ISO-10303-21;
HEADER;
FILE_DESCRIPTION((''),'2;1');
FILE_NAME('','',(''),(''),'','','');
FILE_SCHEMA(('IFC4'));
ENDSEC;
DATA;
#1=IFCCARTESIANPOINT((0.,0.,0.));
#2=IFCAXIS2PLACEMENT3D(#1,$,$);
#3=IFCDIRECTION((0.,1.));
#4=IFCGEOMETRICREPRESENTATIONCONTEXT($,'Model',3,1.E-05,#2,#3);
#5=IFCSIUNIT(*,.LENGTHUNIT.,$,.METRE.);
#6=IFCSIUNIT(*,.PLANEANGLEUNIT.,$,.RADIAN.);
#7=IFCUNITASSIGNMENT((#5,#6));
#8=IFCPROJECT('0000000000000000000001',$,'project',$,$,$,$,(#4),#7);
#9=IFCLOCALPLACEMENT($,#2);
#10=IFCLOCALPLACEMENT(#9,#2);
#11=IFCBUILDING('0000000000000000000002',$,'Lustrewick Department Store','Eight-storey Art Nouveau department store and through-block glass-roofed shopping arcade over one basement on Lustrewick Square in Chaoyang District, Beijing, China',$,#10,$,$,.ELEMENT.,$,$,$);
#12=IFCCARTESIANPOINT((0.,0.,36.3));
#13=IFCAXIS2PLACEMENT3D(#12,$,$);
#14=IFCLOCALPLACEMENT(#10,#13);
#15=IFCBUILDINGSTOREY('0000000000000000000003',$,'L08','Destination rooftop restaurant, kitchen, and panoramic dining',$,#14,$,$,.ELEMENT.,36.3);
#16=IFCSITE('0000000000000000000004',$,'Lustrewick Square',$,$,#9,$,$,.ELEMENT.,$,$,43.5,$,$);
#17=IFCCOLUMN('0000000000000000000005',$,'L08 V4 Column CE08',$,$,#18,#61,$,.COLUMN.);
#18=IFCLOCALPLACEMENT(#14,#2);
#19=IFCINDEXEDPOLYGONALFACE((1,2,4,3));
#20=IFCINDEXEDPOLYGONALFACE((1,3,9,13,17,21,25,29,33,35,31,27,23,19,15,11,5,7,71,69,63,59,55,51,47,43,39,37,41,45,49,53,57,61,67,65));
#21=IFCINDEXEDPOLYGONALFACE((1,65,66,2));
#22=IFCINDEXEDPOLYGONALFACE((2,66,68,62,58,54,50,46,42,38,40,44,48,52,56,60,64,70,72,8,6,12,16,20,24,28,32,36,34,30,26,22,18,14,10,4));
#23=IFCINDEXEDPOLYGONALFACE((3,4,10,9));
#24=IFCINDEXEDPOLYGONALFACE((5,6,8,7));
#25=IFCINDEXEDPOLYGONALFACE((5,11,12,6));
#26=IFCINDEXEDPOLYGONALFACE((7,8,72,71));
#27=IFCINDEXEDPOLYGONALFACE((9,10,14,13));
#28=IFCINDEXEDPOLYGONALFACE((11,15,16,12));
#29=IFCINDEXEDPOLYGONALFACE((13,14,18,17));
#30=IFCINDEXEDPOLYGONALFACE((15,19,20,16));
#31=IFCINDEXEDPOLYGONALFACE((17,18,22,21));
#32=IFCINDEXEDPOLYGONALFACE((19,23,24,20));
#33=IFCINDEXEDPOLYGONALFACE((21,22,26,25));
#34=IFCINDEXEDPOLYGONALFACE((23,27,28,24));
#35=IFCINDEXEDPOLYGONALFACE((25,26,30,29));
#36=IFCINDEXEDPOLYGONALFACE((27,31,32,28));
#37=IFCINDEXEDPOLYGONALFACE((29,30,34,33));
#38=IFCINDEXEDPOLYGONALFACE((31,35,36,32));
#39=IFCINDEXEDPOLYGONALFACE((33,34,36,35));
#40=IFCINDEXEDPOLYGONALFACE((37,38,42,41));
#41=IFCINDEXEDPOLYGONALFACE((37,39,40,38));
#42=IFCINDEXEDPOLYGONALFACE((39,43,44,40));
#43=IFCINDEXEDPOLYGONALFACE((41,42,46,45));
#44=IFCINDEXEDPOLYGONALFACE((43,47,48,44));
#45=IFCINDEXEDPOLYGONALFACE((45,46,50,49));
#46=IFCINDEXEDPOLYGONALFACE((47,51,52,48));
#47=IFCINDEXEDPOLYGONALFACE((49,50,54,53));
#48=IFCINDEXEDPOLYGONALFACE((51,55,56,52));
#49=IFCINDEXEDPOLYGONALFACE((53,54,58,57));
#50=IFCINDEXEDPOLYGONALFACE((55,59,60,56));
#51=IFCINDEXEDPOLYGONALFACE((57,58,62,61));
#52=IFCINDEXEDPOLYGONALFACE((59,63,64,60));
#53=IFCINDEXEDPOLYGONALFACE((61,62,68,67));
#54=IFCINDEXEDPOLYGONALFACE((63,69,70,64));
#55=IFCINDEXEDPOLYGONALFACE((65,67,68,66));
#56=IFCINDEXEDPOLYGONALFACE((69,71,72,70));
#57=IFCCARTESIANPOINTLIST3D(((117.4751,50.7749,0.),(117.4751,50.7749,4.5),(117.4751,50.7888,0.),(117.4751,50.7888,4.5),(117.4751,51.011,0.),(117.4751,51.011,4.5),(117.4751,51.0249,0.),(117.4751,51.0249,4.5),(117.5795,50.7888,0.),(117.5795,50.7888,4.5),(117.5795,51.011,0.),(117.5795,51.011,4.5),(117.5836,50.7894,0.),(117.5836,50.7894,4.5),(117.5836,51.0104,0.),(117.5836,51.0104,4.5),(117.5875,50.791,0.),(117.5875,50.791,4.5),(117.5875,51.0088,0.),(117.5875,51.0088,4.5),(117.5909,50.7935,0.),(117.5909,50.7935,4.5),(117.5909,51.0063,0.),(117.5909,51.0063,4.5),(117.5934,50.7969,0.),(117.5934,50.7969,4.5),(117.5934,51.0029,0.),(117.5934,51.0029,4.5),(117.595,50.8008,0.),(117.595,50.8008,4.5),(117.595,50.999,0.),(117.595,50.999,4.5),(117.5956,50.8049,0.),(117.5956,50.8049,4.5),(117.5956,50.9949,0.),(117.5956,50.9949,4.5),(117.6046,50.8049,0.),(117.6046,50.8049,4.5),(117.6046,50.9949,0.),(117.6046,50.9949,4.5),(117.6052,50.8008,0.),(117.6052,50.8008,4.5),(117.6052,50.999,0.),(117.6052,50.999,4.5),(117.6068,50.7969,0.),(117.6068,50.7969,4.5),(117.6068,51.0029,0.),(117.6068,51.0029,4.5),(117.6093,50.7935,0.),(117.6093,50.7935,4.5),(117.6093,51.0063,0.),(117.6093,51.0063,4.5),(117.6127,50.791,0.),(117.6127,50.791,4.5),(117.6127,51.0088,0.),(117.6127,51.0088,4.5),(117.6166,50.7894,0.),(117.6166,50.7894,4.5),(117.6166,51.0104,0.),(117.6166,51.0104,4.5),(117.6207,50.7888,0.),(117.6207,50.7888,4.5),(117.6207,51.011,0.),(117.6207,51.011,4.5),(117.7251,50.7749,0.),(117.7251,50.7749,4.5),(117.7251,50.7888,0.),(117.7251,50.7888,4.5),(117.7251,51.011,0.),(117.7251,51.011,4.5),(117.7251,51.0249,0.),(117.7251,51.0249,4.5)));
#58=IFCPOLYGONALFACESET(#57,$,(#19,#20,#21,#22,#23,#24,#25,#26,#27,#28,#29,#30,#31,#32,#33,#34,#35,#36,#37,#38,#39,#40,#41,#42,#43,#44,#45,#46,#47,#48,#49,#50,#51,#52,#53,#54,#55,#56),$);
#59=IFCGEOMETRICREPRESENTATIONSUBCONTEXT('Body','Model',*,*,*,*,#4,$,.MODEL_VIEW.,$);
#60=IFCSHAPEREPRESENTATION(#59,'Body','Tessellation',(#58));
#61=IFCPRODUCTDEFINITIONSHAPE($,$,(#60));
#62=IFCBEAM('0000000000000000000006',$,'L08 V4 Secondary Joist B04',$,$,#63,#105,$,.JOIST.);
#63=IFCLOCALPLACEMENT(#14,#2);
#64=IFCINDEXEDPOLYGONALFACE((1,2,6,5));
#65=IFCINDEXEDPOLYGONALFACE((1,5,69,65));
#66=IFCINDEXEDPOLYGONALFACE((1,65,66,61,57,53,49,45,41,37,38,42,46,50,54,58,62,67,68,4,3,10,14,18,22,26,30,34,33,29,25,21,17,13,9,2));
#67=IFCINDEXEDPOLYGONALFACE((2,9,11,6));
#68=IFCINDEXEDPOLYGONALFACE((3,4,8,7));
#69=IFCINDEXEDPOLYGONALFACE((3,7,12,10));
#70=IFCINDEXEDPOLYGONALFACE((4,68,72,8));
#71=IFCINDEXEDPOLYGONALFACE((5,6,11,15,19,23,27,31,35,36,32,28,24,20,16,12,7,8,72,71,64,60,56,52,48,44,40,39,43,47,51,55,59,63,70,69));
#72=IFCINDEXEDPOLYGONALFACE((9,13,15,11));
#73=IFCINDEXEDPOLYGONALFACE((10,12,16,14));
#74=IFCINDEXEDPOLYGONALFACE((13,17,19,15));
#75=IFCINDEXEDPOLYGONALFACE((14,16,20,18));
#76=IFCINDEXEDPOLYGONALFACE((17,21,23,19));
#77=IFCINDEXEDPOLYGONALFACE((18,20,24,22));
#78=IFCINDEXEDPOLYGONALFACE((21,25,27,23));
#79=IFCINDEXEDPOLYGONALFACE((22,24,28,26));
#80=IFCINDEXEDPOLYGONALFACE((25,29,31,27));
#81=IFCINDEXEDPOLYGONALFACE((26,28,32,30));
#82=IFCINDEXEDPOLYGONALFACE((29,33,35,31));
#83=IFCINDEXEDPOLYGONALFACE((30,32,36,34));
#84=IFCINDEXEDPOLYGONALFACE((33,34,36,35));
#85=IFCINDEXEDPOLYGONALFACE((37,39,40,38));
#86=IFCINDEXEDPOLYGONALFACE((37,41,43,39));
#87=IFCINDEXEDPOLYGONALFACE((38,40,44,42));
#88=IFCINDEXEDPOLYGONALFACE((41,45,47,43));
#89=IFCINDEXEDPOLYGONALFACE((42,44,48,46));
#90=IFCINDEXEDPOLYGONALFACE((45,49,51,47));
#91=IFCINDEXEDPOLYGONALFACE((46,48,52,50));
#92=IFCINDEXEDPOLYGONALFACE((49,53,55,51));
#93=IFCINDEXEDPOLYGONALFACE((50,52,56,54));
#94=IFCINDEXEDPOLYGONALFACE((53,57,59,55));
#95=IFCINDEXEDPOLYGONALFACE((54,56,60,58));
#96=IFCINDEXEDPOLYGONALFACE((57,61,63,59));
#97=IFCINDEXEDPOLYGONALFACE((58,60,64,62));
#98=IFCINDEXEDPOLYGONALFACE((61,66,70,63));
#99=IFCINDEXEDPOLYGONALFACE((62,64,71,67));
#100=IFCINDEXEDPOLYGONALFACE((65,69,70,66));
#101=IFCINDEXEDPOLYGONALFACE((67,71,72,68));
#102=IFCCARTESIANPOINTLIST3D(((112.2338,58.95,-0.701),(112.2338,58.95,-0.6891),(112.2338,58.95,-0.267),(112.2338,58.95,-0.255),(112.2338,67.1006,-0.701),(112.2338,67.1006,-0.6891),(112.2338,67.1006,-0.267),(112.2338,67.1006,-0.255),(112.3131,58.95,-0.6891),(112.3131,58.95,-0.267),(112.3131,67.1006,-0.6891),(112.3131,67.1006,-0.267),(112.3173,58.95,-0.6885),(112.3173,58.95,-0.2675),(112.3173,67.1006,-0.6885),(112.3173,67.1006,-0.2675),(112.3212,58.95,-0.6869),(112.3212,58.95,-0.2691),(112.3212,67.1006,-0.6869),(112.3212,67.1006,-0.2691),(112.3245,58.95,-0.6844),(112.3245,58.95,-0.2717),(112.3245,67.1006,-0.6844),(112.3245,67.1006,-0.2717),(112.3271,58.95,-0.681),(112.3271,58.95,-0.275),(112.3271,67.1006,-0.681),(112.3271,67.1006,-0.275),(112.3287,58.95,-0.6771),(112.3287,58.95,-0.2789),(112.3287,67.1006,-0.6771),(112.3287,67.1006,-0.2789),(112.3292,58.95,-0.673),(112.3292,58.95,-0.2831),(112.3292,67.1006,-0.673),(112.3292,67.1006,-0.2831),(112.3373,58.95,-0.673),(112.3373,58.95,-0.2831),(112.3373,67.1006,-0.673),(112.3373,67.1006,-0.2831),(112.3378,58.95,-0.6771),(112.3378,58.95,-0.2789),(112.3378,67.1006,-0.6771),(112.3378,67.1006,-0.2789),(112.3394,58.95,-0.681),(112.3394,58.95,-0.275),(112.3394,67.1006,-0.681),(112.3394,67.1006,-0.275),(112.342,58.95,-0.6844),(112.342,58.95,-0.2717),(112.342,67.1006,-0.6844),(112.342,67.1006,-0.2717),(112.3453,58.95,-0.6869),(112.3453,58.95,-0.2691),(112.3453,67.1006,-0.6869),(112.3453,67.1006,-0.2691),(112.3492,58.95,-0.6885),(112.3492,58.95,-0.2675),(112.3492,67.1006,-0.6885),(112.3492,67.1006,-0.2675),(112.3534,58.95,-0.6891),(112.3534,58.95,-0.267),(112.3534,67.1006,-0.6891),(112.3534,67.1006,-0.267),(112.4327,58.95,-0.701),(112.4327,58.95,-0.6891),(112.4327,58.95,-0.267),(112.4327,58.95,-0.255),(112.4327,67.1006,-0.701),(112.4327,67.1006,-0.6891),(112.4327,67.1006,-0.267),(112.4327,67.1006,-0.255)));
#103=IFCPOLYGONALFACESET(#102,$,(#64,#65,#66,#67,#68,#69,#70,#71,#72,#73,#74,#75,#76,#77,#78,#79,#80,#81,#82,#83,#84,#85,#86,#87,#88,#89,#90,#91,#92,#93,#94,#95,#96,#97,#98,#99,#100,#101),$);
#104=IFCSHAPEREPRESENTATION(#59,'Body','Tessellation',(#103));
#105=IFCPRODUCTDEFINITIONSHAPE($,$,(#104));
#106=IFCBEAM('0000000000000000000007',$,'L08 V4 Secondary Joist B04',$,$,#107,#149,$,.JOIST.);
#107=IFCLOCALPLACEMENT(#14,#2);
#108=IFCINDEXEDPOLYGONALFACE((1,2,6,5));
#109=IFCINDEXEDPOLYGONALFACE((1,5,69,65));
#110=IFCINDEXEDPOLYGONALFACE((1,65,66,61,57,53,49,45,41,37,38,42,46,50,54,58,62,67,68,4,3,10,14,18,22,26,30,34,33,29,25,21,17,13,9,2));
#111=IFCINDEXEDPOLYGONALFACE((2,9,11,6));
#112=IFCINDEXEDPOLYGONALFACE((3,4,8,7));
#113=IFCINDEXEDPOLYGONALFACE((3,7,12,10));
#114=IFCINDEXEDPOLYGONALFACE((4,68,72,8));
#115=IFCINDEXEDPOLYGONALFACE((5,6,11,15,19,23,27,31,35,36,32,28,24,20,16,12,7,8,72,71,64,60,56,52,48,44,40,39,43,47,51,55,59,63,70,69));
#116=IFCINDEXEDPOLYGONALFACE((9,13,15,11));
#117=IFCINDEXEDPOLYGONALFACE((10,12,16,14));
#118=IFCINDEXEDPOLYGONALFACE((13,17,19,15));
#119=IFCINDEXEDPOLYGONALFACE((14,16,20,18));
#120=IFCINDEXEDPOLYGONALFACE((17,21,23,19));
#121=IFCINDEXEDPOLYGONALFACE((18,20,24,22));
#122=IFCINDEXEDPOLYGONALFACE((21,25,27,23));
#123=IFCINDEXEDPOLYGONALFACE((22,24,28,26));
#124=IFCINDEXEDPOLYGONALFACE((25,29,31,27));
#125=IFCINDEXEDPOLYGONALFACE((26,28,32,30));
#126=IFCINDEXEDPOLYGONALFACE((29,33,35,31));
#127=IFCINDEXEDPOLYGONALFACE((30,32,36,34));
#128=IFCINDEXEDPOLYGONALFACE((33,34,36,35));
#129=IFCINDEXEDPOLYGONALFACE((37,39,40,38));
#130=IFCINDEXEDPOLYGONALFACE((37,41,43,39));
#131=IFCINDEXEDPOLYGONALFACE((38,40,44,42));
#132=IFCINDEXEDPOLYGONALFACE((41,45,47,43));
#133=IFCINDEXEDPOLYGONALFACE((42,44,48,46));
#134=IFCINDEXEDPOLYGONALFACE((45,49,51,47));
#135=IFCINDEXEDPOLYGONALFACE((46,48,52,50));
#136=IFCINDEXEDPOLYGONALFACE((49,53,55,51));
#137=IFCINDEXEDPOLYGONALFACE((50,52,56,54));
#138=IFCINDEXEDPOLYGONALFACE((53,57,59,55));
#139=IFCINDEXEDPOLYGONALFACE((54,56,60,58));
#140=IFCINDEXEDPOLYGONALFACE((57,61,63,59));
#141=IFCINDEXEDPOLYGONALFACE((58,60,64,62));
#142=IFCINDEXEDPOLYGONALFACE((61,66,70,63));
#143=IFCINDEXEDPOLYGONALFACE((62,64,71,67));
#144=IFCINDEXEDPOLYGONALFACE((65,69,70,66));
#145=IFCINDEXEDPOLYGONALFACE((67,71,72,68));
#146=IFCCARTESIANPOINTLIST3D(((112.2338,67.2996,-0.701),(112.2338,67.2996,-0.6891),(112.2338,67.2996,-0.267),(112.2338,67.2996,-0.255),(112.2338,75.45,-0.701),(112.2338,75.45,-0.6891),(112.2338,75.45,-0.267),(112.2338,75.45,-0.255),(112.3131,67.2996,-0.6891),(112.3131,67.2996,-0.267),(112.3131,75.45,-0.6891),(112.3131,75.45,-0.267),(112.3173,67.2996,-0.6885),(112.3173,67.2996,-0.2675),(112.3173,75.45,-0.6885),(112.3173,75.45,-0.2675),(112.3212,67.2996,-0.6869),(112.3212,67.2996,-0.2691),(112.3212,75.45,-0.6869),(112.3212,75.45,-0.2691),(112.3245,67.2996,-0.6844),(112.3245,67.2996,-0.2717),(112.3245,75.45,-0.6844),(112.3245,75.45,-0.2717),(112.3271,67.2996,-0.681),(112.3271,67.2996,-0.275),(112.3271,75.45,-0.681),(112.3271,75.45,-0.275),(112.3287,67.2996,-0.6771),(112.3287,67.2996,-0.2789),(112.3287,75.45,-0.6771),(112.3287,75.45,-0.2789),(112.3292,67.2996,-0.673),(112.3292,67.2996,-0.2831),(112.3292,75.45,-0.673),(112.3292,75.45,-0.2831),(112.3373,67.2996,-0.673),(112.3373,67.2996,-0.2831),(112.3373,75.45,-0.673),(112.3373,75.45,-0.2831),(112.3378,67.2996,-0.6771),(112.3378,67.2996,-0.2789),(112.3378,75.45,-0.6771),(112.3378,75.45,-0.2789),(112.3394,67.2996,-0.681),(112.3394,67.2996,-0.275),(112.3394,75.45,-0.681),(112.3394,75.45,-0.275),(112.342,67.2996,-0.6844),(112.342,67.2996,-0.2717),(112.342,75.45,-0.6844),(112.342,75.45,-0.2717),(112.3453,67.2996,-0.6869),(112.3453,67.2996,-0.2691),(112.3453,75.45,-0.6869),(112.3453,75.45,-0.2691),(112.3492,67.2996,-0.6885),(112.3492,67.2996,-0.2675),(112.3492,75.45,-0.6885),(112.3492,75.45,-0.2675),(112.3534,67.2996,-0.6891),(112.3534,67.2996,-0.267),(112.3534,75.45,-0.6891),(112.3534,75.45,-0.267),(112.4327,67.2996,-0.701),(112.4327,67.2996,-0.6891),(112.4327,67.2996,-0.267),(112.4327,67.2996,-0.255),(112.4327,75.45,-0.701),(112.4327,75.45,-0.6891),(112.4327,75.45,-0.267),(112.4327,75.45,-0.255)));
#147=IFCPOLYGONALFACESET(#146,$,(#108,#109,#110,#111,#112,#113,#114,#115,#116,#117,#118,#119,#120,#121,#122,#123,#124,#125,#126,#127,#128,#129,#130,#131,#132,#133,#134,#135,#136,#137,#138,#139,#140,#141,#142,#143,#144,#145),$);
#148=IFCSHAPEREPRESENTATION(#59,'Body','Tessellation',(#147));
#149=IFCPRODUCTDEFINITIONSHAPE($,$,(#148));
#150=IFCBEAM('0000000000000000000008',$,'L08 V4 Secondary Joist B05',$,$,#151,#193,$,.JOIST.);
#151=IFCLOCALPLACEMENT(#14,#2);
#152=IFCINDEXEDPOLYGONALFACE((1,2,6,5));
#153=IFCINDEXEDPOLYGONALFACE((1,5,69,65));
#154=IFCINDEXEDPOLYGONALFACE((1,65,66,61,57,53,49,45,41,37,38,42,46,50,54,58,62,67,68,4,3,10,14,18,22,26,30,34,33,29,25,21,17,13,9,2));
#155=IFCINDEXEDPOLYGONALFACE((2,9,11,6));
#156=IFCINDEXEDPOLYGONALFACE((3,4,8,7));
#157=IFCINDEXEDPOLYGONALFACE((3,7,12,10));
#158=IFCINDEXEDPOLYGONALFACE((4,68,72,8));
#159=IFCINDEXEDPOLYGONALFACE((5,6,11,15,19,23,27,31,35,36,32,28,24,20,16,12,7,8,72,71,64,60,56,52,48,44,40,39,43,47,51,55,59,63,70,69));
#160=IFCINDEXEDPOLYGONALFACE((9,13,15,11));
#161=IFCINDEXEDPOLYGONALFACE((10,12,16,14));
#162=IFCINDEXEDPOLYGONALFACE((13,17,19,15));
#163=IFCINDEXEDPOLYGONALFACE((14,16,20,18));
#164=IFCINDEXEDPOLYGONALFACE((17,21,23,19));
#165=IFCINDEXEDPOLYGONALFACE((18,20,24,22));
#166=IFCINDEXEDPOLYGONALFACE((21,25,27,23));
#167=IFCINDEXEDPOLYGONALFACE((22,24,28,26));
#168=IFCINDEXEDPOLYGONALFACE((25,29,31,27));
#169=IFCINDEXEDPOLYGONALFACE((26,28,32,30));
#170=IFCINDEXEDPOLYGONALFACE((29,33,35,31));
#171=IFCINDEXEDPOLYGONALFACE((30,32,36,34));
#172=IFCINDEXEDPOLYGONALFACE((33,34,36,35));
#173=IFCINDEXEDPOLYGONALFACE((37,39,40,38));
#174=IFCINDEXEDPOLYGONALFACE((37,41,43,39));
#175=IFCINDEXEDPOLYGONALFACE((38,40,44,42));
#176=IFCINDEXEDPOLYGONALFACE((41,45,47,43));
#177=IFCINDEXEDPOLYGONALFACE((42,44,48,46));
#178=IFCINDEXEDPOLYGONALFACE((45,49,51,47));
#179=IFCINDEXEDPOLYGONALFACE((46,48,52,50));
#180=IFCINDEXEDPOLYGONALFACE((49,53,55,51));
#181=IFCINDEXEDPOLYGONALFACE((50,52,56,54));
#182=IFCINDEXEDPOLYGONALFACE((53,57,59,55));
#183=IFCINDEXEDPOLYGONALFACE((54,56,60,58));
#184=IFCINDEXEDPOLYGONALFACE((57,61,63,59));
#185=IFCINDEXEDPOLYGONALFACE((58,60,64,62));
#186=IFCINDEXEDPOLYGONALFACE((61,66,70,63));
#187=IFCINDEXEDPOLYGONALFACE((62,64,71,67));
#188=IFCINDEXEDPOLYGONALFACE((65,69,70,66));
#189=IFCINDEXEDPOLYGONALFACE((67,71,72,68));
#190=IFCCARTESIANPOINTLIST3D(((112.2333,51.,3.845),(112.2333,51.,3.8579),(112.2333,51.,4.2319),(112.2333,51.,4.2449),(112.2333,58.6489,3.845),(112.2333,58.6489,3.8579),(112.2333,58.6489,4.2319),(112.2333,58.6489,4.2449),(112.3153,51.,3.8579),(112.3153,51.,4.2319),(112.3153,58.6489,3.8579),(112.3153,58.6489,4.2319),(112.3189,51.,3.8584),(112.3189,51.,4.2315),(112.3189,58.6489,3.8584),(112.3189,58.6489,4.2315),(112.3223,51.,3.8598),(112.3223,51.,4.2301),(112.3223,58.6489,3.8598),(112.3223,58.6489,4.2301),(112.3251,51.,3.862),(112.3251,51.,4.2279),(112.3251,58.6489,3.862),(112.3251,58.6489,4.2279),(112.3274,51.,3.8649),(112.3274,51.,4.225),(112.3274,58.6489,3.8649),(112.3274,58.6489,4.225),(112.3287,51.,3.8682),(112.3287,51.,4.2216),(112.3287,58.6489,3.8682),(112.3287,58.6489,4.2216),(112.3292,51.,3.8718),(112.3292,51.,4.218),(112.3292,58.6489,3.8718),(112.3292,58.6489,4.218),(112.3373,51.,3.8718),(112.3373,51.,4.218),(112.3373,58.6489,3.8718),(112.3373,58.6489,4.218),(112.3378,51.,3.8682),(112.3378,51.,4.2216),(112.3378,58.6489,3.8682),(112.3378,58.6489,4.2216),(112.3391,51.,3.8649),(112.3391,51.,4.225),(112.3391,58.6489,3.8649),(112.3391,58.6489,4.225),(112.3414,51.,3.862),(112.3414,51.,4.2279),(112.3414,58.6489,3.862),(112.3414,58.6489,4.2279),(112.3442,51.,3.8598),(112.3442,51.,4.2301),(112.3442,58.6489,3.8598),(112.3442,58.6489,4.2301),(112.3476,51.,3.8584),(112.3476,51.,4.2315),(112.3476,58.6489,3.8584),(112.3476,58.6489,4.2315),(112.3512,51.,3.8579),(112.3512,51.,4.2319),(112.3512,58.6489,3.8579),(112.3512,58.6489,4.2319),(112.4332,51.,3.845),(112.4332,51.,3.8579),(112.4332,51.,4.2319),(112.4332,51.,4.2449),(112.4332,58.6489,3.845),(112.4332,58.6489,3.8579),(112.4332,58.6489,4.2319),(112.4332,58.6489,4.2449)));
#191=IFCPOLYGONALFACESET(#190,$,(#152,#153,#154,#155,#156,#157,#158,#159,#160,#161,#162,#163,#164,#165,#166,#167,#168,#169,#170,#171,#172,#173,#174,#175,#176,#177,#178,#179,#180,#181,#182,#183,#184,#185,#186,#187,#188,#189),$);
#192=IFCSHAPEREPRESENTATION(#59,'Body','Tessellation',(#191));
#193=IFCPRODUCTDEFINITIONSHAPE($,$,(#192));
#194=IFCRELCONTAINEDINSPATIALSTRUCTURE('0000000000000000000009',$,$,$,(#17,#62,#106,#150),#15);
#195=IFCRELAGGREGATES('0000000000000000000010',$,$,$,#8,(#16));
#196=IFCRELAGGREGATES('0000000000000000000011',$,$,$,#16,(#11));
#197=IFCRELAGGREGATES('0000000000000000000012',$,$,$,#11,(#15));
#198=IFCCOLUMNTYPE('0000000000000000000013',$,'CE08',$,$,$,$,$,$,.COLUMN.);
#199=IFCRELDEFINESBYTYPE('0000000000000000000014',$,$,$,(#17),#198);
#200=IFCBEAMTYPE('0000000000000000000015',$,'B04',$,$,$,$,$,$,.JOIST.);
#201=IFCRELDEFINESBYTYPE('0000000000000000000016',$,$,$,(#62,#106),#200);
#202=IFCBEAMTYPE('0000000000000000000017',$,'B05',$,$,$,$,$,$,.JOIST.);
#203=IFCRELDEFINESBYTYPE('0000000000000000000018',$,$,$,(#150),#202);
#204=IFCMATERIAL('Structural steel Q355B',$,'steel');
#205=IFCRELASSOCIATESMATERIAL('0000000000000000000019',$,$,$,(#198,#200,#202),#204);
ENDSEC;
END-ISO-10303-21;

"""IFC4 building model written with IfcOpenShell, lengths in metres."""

from ifc_helpers import new_model, si_unit, direction, frame, origin, origin_2d, place, context, subcontext, project, spatial, i_section, extrude, material, material_profile, profile_set, type_object, element, save


model = new_model("IFC4")

# Units and contexts
model_context = context("Model", 3, precision=1e-05, world=origin(), true_north=direction((0.0, 1.0)))
body_context = subcontext(model_context, "Body", "Model", "MODEL_VIEW")
ifc_project = project(units=[si_unit("LENGTHUNIT", "METRE"), si_unit("PLANEANGLEUNIT", "RADIAN")], contexts=[model_context])

# Site, building, storey
site_placement = place(None, origin())
site = spatial("IfcSite", under=ifc_project, at=site_placement, Name="Lustrewick Square", CompositionType="ELEMENT", RefElevation=43.5)
building_placement = place(site_placement, origin())
building = spatial("IfcBuilding", under=site, at=building_placement, Name="Lustrewick Department Store", Description="Eight-storey Art Nouveau department store and through-block glass-roofed shopping arcade over one basement on Lustrewick Square in Chaoyang District, Beijing, China", CompositionType="ELEMENT")
storey_placement = place(building_placement, frame((0.0, 0.0, 36.3)))
storey = spatial("IfcBuildingStorey", under=building, at=storey_placement, Name="L08", Description="Destination rooftop restaurant, kitchen, and panoramic dining", CompositionType="ELEMENT", Elevation=36.3)

# Column
ifc_material_1 = material(Name="Structural steel Q355B", Category="steel")
ifc_material_profile_1 = material_profile(ifc_material_1, i_section(OverallWidth=0.25, OverallDepth=0.25, WebThickness=0.009, FlangeThickness=0.0139, FilletRadius=0.0161, at=origin_2d()), Name="HW 250x250x9x14")
ifc_profile_set_1 = profile_set([ifc_material_profile_1], Name="Structural steel Q355B")
column_type = type_object("IfcColumnType", Name="CE08", PredefinedType="COLUMN", material=ifc_profile_set_1)
column_placement = place(storey_placement, frame((117.6001, 50.8999, 0.0), z_axis=(0.0, 0.0, 1.0), x_axis=(1.0, 0.0, 0.0)))
element("IfcColumn", 1, at=column_placement, inside=storey, type_object=column_type, Name="L08 V4 Column CE08", PredefinedType="COLUMN", context=body_context, shape_type="SweptSolid", body=[
    extrude(i_section(OverallWidth=0.25, OverallDepth=0.25, WebThickness=0.009, FlangeThickness=0.0139, FilletRadius=0.0161, at=origin_2d()), origin(), (0.0, 0.0, 1.0), 4.5),
])

# Beams
ifc_material_profile_2 = material_profile(ifc_material_1, i_section(OverallWidth=0.199, OverallDepth=0.446, WebThickness=0.0081, FlangeThickness=0.012, FilletRadius=0.0161, at=origin_2d()), Name="HN 446x199x8x12")
ifc_profile_set_2 = profile_set([ifc_material_profile_2], Name="Structural steel Q355B")
beam_type_1 = type_object("IfcBeamType", Name="B04", PredefinedType="JOIST", material=ifc_profile_set_2)
beam_1_placement = place(storey_placement, frame((112.3333, 58.95, -0.478), z_axis=(0.0, 1.0, 0.0), x_axis=(-1.0, 0.0, 0.0)))
element("IfcBeam", 2, at=beam_1_placement, inside=storey, type_object=beam_type_1, Name="L08 V4 Secondary Joist B04", PredefinedType="JOIST", context=body_context, shape_type="SweptSolid", body=[
    extrude(i_section(OverallWidth=0.199, OverallDepth=0.446, WebThickness=0.0081, FlangeThickness=0.012, FilletRadius=0.0161, at=origin_2d()), origin(), (0.0, 0.0, 1.0), 8.1506),
])
beam_2_placement = place(storey_placement, frame((112.3333, 67.2996, -0.478), z_axis=(0.0, 1.0, 0.0), x_axis=(-1.0, 0.0, 0.0)))
element("IfcBeam", 3, at=beam_2_placement, inside=storey, type_object=beam_type_1, Name="L08 V4 Secondary Joist B04", PredefinedType="JOIST", context=body_context, shape_type="SweptSolid", body=[
    extrude(i_section(OverallWidth=0.199, OverallDepth=0.446, WebThickness=0.0081, FlangeThickness=0.012, FilletRadius=0.0161, at=origin_2d()), origin(), (0.0, 0.0, 1.0), 8.1504),
])
ifc_material_profile_3 = material_profile(ifc_material_1, i_section(OverallWidth=0.2, OverallDepth=0.3999, WebThickness=0.0081, FlangeThickness=0.0129, FilletRadius=0.0139, at=origin_2d()), Name="HN 400x200x8x13")
ifc_profile_set_3 = profile_set([ifc_material_profile_3], Name="Structural steel Q355B")
beam_type_2 = type_object("IfcBeamType", Name="B05", PredefinedType="JOIST", material=ifc_profile_set_3)
beam_3_placement = place(storey_placement, frame((112.3333, 51.0, 4.0449), z_axis=(0.0, 1.0, 0.0), x_axis=(-1.0, 0.0, 0.0)))
element("IfcBeam", 4, at=beam_3_placement, inside=storey, type_object=beam_type_2, Name="L08 V4 Secondary Joist B05", PredefinedType="JOIST", context=body_context, shape_type="SweptSolid", body=[
    extrude(i_section(OverallWidth=0.2, OverallDepth=0.3999, WebThickness=0.0081, FlangeThickness=0.0129, FilletRadius=0.0139, at=origin_2d()), origin(), (0.0, 0.0, 1.0), 7.6489),
])

save(model, "model.ifc")
